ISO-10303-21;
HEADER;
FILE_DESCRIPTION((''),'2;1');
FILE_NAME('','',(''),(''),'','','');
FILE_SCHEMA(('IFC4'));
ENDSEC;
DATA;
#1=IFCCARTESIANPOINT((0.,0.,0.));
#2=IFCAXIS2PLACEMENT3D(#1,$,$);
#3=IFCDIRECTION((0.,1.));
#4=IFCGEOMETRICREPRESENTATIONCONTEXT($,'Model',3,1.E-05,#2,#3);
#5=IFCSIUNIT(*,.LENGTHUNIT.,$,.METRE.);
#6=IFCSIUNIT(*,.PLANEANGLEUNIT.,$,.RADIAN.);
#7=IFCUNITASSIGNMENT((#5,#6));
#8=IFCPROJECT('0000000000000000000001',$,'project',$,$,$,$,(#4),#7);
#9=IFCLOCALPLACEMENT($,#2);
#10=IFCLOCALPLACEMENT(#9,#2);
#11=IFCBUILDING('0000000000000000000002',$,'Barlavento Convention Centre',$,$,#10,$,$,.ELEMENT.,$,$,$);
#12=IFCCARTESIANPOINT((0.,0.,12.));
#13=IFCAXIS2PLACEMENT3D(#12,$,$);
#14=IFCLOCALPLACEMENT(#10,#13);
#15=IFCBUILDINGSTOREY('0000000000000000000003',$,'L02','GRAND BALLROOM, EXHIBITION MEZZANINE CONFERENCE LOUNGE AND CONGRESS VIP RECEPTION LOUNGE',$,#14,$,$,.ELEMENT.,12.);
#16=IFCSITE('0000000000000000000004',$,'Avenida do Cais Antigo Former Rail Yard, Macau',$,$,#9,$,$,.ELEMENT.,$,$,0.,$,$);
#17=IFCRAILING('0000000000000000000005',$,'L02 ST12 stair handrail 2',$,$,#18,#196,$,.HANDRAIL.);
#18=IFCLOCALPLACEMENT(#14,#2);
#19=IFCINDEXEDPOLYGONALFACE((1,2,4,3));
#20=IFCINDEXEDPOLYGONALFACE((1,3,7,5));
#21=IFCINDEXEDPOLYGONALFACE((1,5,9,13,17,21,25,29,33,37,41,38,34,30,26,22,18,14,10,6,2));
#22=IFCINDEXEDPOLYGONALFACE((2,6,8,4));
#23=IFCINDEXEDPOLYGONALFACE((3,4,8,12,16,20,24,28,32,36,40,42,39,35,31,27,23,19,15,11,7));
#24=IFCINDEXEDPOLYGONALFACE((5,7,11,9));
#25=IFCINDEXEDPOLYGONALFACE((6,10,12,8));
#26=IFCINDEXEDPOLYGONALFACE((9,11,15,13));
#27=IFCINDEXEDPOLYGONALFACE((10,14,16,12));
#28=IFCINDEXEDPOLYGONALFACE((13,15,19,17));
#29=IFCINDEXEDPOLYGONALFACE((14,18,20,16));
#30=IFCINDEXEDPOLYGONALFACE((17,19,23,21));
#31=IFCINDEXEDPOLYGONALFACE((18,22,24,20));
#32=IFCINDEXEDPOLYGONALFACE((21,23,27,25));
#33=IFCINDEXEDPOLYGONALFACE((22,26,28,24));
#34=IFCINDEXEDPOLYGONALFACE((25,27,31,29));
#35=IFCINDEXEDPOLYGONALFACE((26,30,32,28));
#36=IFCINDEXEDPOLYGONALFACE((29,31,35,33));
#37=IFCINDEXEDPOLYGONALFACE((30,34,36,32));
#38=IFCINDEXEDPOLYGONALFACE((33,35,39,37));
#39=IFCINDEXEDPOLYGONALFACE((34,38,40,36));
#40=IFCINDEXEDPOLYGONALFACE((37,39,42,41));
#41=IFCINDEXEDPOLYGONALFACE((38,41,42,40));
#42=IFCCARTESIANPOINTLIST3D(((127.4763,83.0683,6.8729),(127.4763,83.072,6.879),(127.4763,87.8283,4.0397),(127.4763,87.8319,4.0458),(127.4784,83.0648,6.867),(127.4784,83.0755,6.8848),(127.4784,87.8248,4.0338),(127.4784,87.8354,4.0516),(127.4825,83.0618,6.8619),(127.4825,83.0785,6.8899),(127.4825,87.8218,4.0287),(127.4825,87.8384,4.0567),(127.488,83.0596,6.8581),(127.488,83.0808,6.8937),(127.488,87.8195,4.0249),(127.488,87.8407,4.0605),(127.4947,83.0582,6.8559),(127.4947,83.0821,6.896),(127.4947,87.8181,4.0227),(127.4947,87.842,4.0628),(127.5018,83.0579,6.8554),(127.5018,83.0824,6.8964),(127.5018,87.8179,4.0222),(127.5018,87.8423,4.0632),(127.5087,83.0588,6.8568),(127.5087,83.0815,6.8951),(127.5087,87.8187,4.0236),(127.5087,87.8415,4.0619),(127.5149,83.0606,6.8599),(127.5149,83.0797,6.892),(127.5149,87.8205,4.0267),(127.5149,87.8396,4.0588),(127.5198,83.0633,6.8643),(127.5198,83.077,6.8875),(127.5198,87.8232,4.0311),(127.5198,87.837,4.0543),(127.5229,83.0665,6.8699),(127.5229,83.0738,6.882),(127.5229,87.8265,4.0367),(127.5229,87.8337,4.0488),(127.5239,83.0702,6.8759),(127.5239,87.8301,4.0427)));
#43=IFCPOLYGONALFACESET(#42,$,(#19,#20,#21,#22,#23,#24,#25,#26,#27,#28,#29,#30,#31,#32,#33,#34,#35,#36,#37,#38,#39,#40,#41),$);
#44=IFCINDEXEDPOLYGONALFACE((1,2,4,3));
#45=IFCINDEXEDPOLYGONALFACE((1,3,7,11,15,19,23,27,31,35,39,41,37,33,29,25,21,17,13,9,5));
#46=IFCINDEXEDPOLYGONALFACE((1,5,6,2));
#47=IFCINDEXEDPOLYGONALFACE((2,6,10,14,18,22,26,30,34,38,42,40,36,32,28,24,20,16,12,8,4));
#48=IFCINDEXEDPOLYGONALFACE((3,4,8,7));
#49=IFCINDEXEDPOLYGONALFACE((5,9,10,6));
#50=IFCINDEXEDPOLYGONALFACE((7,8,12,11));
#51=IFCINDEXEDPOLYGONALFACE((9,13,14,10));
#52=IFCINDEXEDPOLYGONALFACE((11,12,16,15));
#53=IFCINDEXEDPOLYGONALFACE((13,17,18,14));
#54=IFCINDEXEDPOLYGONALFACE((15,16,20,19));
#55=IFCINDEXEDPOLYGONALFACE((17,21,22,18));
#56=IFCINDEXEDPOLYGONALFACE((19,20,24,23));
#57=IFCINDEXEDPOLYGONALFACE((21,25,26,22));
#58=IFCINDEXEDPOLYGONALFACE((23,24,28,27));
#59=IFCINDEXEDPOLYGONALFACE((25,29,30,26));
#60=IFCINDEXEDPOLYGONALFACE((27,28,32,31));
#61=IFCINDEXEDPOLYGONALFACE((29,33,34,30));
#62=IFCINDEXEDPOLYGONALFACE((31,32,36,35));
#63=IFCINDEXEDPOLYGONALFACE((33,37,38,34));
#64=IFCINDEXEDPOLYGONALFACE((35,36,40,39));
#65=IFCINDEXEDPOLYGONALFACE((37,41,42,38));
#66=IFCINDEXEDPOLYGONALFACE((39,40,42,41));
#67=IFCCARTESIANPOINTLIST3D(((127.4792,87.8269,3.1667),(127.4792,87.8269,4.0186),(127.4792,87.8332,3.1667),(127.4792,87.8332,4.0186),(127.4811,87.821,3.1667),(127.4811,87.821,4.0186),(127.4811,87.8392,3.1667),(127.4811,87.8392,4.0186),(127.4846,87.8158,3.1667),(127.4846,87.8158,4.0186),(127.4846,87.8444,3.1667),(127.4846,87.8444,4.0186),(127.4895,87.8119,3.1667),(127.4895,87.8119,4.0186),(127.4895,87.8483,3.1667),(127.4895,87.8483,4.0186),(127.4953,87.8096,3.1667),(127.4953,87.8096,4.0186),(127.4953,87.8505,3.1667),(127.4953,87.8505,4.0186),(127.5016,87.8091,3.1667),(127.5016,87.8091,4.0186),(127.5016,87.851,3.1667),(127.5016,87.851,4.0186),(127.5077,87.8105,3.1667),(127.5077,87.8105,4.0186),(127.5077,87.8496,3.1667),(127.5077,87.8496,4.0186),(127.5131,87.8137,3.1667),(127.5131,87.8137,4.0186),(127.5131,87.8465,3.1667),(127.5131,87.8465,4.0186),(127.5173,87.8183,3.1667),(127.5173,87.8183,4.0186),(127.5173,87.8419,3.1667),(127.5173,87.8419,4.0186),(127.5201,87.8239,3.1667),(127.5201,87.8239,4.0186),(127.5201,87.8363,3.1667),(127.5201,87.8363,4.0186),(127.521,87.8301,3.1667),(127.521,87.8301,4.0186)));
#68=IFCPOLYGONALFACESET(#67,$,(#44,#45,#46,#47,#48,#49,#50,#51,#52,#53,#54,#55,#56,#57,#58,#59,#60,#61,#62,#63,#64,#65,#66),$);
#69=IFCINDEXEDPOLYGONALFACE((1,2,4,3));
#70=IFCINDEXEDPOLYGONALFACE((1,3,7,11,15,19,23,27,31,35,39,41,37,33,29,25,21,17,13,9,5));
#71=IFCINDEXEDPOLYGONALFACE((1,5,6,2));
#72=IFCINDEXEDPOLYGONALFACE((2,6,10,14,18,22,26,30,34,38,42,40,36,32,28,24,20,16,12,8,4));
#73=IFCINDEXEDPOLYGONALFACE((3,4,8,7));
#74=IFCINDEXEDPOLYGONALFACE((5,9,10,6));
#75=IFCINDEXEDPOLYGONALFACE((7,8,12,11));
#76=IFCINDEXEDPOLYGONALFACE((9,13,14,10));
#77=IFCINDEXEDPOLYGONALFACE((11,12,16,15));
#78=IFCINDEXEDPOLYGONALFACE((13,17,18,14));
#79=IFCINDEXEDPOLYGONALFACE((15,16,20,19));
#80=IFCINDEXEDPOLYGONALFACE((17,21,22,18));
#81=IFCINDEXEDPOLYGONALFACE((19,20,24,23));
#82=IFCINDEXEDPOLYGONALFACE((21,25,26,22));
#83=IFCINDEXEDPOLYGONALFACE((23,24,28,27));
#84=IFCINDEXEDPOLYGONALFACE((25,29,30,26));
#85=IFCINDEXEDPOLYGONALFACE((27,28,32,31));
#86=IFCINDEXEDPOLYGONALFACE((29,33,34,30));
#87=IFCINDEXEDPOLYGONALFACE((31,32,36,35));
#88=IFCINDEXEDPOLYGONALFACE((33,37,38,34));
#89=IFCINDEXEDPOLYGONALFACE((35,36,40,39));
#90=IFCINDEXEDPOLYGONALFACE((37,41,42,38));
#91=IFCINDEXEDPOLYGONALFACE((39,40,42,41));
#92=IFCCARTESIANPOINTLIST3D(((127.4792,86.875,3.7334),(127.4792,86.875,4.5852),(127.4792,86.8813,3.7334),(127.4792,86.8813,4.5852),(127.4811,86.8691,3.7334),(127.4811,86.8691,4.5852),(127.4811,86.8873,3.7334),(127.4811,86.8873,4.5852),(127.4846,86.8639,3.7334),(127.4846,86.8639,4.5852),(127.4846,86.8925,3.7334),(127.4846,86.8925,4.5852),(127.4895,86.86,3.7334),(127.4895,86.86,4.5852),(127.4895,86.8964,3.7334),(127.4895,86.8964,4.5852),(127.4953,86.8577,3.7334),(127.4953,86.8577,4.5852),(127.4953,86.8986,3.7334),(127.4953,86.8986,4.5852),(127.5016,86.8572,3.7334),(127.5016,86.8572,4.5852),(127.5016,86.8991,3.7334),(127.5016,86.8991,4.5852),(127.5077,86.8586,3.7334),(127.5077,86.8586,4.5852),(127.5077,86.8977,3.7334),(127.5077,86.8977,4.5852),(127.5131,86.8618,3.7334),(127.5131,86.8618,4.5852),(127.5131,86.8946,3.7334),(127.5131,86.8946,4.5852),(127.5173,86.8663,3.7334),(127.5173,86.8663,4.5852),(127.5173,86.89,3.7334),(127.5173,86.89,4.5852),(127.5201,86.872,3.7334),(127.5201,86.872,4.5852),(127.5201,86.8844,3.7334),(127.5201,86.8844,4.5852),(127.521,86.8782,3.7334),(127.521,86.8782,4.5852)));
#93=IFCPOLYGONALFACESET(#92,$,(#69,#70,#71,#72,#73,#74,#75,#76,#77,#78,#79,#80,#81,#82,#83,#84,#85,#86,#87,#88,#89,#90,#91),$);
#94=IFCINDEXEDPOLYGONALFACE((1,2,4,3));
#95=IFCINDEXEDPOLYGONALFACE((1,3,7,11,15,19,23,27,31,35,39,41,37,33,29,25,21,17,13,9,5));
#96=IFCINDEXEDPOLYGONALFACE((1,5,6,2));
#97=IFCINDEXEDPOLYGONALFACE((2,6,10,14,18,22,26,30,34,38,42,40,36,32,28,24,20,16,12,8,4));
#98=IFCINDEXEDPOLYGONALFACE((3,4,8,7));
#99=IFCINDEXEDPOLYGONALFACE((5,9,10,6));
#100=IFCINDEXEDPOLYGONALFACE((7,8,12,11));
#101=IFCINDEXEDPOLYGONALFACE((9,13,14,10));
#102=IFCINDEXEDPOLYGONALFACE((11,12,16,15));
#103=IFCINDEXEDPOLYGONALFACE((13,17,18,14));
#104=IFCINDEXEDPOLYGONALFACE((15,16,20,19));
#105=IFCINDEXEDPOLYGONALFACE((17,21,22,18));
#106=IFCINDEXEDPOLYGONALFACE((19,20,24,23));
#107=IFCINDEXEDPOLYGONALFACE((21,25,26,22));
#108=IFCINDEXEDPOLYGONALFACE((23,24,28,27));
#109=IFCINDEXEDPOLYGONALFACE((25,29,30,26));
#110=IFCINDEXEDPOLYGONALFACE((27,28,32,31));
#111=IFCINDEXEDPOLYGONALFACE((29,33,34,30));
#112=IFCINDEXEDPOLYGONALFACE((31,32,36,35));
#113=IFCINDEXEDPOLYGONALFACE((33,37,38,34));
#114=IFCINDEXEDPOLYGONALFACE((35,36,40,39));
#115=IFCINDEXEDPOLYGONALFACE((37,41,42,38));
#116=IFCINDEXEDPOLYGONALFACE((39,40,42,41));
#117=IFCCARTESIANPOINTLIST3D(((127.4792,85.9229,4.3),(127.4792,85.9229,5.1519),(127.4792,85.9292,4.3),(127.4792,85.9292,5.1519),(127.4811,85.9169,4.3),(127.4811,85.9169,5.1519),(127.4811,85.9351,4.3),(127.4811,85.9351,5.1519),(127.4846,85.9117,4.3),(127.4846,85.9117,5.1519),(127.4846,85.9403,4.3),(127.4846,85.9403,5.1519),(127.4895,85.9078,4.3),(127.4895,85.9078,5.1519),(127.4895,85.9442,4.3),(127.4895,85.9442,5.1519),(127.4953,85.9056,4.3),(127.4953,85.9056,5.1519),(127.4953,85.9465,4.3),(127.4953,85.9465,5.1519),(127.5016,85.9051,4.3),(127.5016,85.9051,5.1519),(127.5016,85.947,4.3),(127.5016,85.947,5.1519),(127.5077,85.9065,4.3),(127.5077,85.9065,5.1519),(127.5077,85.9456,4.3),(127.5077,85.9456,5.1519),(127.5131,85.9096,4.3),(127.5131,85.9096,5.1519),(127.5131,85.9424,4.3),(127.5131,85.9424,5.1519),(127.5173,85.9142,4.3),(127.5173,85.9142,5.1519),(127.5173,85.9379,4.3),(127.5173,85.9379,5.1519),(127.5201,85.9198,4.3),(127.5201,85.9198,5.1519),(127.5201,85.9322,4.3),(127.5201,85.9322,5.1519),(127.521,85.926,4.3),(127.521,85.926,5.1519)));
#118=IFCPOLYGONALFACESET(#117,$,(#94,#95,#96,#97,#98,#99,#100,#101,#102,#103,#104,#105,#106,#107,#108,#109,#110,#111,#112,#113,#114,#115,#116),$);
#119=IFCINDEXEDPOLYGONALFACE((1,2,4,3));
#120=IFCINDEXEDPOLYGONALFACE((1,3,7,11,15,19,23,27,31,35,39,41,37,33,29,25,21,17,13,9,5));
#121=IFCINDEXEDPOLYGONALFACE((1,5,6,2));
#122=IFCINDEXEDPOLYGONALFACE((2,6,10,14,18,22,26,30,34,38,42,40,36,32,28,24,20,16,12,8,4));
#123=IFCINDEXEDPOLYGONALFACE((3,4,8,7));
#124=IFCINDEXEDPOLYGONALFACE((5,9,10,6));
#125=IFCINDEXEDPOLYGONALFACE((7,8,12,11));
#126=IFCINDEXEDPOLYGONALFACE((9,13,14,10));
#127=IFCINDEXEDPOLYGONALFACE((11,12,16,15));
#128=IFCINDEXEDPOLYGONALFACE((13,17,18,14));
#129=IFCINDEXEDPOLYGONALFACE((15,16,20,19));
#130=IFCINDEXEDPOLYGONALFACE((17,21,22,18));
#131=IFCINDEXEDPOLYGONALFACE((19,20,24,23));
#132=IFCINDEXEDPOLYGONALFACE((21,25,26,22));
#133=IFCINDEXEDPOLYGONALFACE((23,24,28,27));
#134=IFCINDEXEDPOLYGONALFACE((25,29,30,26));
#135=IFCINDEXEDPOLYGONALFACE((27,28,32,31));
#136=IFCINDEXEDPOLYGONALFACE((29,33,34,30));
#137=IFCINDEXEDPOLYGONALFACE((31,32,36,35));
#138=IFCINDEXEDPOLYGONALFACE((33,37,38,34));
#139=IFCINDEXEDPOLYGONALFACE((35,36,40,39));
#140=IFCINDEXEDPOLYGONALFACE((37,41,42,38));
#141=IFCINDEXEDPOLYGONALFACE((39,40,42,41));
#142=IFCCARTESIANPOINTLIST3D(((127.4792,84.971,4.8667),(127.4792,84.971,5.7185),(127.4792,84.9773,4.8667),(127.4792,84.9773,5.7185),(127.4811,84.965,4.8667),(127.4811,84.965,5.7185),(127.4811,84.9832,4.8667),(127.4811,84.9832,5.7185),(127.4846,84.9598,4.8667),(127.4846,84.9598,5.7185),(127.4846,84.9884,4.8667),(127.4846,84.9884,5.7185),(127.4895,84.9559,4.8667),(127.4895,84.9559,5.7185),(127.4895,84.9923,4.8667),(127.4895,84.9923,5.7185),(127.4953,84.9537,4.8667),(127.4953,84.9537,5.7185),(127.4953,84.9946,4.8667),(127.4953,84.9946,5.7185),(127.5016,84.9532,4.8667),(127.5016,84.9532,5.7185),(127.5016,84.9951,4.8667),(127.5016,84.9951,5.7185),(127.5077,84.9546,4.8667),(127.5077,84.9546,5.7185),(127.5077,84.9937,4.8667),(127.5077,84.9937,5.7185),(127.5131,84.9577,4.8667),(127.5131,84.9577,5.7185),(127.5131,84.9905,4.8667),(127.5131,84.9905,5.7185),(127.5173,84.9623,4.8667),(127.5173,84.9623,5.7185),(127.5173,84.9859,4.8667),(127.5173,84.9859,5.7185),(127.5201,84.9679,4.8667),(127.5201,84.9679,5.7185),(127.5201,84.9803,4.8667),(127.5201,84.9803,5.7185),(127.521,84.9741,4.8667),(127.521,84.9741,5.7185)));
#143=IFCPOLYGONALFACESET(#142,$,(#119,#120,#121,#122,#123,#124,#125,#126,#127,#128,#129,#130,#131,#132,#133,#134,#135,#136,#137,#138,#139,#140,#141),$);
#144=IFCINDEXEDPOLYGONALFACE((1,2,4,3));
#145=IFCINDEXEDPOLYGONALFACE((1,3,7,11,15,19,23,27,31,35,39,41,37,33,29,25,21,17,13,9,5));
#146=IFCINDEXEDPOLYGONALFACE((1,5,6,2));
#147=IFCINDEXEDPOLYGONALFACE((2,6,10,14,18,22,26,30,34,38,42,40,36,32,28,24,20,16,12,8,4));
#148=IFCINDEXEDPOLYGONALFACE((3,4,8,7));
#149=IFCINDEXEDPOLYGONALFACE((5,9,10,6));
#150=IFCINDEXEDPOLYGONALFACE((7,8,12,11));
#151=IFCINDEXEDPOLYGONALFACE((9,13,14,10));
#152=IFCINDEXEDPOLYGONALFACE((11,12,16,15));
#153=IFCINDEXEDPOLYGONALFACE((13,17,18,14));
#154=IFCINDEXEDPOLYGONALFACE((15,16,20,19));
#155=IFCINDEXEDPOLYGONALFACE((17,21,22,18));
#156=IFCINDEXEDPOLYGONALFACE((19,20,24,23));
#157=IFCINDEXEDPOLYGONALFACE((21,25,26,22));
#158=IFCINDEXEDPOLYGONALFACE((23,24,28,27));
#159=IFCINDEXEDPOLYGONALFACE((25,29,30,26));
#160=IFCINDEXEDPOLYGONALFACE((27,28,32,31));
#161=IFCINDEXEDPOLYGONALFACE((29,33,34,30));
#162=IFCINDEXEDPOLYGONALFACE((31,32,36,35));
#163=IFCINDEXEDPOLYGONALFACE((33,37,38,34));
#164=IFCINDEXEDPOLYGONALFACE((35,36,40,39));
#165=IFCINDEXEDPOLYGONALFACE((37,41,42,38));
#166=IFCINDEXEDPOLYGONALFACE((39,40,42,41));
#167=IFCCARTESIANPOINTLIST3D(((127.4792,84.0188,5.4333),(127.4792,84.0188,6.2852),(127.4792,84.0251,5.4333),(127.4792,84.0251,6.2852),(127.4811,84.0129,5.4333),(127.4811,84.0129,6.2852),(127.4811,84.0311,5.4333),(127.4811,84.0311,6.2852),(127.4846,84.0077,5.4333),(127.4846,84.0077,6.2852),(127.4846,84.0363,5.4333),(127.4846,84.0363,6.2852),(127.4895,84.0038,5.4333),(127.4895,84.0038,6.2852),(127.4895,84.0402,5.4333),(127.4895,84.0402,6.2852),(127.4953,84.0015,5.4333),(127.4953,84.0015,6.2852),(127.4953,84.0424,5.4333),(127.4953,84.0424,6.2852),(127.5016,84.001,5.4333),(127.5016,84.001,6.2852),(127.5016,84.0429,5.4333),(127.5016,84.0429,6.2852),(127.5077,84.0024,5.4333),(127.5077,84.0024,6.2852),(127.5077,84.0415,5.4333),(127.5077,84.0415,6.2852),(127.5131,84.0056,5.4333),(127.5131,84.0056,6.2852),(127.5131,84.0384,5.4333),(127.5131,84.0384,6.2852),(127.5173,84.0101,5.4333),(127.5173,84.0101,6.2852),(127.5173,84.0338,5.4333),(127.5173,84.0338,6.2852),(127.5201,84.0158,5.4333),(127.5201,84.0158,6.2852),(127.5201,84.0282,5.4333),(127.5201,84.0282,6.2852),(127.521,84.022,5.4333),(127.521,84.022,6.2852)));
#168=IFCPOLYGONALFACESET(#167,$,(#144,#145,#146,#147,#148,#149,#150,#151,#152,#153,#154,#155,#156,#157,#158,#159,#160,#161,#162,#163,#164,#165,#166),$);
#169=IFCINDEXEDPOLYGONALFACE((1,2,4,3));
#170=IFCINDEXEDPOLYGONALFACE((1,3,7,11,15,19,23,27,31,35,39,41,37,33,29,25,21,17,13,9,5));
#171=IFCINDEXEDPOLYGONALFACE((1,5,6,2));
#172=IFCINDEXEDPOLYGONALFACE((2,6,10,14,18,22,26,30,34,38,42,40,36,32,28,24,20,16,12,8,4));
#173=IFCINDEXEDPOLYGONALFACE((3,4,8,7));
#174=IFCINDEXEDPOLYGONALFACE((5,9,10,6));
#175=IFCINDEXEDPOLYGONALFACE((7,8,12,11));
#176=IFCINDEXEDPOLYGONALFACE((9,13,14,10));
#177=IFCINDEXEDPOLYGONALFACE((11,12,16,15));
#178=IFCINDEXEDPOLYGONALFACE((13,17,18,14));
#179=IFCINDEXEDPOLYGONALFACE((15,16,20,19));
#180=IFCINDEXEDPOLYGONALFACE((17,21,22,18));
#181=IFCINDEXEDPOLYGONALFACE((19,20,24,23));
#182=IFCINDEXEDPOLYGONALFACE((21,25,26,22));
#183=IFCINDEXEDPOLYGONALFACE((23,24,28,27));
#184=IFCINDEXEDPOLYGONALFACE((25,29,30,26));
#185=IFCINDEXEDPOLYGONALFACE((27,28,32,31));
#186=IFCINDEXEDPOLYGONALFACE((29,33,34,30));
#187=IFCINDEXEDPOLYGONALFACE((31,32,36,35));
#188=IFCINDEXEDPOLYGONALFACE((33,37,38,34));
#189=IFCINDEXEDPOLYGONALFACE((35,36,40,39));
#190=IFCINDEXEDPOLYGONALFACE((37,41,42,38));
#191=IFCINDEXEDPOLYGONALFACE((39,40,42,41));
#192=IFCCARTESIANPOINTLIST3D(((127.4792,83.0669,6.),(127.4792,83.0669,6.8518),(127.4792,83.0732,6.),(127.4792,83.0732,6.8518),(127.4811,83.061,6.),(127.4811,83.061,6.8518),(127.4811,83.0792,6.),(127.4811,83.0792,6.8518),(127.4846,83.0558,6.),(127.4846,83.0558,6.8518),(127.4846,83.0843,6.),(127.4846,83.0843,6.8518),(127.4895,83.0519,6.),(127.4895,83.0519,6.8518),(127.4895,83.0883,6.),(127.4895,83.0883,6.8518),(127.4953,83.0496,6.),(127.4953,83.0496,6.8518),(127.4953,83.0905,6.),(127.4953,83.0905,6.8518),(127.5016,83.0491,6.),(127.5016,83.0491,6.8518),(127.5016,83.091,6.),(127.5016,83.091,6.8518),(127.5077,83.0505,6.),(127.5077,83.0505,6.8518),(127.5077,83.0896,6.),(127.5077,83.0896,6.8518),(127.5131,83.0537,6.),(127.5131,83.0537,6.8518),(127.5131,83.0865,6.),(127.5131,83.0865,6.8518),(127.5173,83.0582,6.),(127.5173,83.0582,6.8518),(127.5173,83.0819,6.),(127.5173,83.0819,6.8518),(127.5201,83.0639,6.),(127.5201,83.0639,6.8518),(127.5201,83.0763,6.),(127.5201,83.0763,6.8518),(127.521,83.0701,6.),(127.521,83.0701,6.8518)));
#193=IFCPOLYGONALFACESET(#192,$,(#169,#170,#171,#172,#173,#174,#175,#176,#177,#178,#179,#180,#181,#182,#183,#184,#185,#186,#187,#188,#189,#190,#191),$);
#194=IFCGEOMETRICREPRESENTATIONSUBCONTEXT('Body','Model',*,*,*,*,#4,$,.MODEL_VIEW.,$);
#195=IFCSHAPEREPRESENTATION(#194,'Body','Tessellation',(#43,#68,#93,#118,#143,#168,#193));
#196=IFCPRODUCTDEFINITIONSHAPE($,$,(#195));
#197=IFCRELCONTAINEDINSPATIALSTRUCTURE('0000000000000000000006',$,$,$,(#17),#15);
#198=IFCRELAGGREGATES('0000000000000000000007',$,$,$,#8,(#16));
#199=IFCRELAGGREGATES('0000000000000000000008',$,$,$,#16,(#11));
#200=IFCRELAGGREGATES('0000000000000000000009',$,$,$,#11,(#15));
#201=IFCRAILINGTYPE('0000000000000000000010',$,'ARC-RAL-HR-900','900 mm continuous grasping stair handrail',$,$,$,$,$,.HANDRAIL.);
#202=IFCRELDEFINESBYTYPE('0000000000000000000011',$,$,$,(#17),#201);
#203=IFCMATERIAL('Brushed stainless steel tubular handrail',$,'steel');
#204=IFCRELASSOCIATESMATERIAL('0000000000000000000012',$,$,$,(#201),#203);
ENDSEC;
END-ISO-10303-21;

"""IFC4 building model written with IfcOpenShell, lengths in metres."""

from ifc_helpers import new_model, si_unit, direction, frame, origin, origin_2d, place, context, subcontext, project, spatial, circle, extrude, material, type_object, element, save


model = new_model("IFC4")

# Units and contexts
model_context = context("Model", 3, precision=1e-05, world=origin(), true_north=direction((0.0, 1.0)))
body_context = subcontext(model_context, "Body", "Model", "MODEL_VIEW")
ifc_project = project(units=[si_unit("LENGTHUNIT", "METRE"), si_unit("PLANEANGLEUNIT", "RADIAN")], contexts=[model_context])

# Site, building, storey
site_placement = place(None, origin())
site = spatial("IfcSite", under=ifc_project, at=site_placement, Name="Avenida do Cais Antigo Former Rail Yard, Macau", CompositionType="ELEMENT", RefElevation=0.0)
building_placement = place(site_placement, origin())
building = spatial("IfcBuilding", under=site, at=building_placement, Name="Barlavento Convention Centre", CompositionType="ELEMENT")
storey_placement = place(building_placement, frame((0.0, 0.0, 12.0)))
storey = spatial("IfcBuildingStorey", under=building, at=storey_placement, Name="L02", Description="GRAND BALLROOM, EXHIBITION MEZZANINE CONFERENCE LOUNGE AND CONGRESS VIP RECEPTION LOUNGE", CompositionType="ELEMENT", Elevation=12.0)

# Railing
ifc_material_1 = material(Name="Brushed stainless steel tubular handrail", Category="steel")
railing_type_1 = type_object("IfcRailingType", Name="ARC-RAL-HR-900", Description="900 mm continuous grasping stair handrail", PredefinedType="HANDRAIL", material=ifc_material_1)
railing_1_placement = place(storey_placement, frame((127.5, 87.8301, 3.1667)))
element("IfcRailing", 1, at=railing_1_placement, inside=storey, type_object=railing_type_1, Name="L02 ST12 stair handrail 2", PredefinedType="HANDRAIL", context=body_context, shape_type="SweptSolid", body=[
    extrude(circle(Radius=0.0239, at=origin_2d()), frame((0.0, 0.0, 0.876), z_axis=(0.0, -0.8593, 0.511472), x_axis=(1.0, 0.0, 0.0)), (0.0, 0.0, 1.0), 5.5393),
    extrude(circle(Radius=0.021, at=origin_2d()), origin(), (0.0, 0.0, 1.0), 0.8518),
    extrude(circle(Radius=0.021, at=origin_2d()), frame((0.0, -0.9519, 0.5667)), (0.0, 0.0, 1.0), 0.8518),
    extrude(circle(Radius=0.021, at=origin_2d()), frame((0.0, -1.9041, 1.1333)), (0.0, 0.0, 1.0), 0.8518),
    extrude(circle(Radius=0.021, at=origin_2d()), frame((0.0, -2.856, 1.7)), (0.0, 0.0, 1.0), 0.8518),
    extrude(circle(Radius=0.021, at=origin_2d()), frame((0.0, -3.8081, 2.2666)), (0.0, 0.0, 1.0), 0.8518),
    extrude(circle(Radius=0.021, at=origin_2d()), frame((0.0, -4.76, 2.8333)), (0.0, 0.0, 1.0), 0.8518),
])

save(model, "model.ifc")
